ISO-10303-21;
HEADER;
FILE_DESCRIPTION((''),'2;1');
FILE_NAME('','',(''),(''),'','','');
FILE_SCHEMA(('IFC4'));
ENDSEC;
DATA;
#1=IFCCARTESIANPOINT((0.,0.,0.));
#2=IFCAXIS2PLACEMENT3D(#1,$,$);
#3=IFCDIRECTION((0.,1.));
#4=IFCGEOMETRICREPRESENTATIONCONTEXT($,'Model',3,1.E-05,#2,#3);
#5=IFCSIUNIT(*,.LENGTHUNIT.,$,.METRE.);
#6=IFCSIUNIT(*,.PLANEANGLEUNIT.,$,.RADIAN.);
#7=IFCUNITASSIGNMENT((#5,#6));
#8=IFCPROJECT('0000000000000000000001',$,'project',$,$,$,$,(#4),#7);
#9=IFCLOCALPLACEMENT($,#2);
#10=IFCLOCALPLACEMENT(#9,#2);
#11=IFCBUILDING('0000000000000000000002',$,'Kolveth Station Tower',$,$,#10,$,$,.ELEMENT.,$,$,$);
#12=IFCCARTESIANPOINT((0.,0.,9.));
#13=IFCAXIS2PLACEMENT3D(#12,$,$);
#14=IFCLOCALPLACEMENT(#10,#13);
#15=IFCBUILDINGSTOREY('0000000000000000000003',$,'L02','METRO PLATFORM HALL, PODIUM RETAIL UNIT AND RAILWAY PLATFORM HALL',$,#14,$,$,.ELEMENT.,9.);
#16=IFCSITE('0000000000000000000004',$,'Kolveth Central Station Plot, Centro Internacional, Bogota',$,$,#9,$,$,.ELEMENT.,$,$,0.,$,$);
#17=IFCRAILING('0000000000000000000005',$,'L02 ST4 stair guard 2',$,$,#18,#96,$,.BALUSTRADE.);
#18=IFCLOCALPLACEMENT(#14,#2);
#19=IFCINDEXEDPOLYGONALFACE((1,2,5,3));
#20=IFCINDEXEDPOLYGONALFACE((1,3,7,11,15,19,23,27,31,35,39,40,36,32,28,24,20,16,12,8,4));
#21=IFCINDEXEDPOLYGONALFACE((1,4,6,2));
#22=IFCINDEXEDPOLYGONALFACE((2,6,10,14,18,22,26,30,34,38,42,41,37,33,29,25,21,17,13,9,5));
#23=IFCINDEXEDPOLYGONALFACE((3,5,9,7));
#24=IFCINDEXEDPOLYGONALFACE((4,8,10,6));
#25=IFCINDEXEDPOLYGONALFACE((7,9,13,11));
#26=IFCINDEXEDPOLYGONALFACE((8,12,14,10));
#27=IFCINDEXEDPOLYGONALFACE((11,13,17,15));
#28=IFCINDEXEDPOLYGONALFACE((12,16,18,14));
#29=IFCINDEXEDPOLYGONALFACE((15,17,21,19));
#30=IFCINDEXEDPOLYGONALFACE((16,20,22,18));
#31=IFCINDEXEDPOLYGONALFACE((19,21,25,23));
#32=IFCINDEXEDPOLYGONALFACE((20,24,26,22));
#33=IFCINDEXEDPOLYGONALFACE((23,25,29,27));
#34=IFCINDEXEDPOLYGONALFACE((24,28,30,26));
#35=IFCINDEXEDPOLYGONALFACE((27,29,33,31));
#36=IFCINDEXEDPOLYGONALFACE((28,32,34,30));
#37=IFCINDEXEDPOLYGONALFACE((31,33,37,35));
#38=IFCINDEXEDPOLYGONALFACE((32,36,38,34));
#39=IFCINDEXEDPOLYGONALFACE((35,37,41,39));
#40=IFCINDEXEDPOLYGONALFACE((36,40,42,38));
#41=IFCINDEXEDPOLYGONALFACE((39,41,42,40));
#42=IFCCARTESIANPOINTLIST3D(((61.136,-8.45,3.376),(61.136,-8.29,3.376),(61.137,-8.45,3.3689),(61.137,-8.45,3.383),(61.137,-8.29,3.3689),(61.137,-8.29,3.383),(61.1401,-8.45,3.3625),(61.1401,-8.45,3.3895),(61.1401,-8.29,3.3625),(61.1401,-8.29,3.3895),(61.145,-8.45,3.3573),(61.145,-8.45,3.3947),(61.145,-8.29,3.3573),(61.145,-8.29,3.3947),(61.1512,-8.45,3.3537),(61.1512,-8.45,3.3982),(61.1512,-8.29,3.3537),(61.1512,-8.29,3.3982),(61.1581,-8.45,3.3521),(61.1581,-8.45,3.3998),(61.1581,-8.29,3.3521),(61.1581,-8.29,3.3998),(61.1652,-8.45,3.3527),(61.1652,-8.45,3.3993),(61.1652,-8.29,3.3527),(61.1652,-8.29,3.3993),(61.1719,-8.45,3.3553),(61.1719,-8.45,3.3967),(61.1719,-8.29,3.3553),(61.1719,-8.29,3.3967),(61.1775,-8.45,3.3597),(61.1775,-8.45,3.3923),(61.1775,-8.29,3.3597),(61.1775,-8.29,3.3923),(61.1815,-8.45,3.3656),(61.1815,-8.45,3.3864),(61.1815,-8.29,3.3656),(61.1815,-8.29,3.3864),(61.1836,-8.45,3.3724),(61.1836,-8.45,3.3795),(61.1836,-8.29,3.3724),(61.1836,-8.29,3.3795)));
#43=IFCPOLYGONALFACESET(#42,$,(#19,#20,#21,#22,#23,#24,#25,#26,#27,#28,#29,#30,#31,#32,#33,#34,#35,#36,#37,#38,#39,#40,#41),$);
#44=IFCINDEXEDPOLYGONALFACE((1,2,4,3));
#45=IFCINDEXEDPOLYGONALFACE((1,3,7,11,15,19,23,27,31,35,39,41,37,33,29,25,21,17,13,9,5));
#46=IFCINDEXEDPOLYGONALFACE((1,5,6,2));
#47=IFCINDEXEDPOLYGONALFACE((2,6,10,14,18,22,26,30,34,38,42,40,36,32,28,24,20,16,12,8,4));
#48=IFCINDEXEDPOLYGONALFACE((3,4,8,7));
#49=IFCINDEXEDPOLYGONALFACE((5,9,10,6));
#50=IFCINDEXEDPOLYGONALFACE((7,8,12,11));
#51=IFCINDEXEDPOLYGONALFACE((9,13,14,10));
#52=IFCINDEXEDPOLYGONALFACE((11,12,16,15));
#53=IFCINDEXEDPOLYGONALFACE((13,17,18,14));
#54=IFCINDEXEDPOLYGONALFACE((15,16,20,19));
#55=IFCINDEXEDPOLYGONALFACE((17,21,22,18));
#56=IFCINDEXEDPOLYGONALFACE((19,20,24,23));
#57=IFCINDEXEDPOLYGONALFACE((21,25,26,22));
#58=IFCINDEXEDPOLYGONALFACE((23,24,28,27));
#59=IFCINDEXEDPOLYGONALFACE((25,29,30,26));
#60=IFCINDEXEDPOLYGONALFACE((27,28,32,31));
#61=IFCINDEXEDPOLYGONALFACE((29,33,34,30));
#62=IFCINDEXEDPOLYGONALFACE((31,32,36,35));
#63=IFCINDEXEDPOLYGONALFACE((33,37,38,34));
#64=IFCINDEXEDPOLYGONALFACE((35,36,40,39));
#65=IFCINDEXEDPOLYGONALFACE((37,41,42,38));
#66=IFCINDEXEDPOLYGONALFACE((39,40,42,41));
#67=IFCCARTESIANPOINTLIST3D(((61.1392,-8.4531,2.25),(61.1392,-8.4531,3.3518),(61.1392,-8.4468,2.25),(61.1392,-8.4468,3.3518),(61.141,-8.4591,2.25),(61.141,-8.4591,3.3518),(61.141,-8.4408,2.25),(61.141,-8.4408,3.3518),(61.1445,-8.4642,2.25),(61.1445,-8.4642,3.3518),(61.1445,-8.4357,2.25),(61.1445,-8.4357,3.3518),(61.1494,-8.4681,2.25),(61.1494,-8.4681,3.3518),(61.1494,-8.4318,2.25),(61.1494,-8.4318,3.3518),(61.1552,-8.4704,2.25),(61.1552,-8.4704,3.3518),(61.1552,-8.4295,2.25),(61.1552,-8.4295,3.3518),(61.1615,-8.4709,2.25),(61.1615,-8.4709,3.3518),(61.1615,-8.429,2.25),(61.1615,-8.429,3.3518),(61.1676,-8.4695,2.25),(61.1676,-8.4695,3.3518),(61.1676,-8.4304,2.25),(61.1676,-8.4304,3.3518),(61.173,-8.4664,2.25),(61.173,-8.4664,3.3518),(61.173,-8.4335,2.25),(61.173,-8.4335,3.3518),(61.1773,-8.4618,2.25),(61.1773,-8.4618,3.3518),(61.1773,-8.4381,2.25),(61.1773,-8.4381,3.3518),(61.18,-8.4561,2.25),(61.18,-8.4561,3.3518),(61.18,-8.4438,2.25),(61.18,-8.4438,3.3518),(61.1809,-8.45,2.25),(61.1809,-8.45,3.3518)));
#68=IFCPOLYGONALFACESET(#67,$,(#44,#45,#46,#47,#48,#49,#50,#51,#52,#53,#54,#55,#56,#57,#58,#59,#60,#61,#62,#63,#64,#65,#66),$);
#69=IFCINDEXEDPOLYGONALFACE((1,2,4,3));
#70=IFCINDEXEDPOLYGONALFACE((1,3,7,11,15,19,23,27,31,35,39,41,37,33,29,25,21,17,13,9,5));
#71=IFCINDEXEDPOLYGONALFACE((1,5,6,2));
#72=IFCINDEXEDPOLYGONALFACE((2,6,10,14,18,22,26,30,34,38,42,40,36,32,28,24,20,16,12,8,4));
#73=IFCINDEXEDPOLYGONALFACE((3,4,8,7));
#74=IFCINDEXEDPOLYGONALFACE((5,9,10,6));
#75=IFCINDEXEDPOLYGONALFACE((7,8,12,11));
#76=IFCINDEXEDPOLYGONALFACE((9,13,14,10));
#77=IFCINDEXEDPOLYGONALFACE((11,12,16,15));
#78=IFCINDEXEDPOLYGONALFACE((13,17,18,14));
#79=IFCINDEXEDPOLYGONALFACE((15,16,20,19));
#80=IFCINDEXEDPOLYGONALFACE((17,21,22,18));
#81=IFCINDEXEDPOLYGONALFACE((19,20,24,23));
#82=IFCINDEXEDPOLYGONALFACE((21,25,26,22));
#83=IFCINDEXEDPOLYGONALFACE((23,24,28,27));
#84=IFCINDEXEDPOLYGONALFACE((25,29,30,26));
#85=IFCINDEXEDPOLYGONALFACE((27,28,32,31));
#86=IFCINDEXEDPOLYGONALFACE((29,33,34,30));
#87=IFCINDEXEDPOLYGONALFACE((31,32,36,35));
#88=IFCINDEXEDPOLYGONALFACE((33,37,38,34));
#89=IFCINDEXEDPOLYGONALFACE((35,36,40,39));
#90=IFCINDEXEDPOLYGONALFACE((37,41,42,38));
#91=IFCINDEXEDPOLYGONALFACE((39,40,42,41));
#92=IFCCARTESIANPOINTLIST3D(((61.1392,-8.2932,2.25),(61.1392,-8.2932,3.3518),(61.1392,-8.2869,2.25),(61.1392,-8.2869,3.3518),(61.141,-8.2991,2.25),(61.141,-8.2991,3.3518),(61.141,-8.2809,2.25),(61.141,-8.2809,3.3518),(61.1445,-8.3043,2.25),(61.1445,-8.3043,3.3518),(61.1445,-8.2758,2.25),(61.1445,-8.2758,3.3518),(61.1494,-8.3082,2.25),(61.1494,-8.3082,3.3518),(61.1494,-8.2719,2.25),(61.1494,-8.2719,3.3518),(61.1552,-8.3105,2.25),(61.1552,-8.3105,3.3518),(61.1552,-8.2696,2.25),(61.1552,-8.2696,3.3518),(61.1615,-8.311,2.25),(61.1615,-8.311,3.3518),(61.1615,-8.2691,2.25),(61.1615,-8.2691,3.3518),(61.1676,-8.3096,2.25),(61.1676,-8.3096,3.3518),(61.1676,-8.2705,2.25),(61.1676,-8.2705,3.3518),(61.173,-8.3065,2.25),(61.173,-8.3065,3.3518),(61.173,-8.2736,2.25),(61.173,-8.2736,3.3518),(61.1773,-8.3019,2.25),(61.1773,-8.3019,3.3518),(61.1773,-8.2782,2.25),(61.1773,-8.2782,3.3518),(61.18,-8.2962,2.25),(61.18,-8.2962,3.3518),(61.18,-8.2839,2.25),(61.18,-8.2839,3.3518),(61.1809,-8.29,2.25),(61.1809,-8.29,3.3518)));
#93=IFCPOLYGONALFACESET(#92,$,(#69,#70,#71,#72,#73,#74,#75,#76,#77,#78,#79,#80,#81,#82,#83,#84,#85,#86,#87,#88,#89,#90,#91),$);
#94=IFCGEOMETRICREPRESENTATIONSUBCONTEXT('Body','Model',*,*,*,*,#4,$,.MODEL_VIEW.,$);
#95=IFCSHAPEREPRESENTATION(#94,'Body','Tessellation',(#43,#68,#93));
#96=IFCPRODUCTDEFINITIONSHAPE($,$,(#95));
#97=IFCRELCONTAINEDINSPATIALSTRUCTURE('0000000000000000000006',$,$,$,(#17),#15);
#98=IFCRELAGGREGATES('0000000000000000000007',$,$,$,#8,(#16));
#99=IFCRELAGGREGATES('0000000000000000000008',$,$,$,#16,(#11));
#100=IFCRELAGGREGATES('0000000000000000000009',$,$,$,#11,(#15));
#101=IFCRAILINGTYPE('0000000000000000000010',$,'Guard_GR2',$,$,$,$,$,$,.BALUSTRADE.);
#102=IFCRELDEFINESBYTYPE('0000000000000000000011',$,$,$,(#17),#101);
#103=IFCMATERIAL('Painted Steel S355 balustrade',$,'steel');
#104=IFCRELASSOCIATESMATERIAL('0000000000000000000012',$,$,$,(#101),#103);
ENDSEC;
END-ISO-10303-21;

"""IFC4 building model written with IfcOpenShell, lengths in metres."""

from ifc_helpers import new_model, si_unit, direction, frame, origin, origin_2d, place, context, subcontext, project, spatial, circle, extrude, material, type_object, element, save


model = new_model("IFC4")

# Units and contexts
model_context = context("Model", 3, precision=1e-05, world=origin(), true_north=direction((0.0, 1.0)))
body_context = subcontext(model_context, "Body", "Model", "MODEL_VIEW")
ifc_project = project(units=[si_unit("LENGTHUNIT", "METRE"), si_unit("PLANEANGLEUNIT", "RADIAN")], contexts=[model_context])

# Site, building, storey
site_placement = place(None, origin())
site = spatial("IfcSite", under=ifc_project, at=site_placement, Name="Kolveth Central Station Plot, Centro Internacional, Bogota", CompositionType="ELEMENT", RefElevation=0.0)
building_placement = place(site_placement, origin())
building = spatial("IfcBuilding", under=site, at=building_placement, Name="Kolveth Station Tower", CompositionType="ELEMENT")
storey_placement = place(building_placement, frame((0.0, 0.0, 9.0)))
storey = spatial("IfcBuildingStorey", under=building, at=storey_placement, Name="L02", Description="METRO PLATFORM HALL, PODIUM RETAIL UNIT AND RAILWAY PLATFORM HALL", CompositionType="ELEMENT", Elevation=9.0)

# Railing
ifc_material_1 = material(Name="Painted Steel S355 balustrade", Category="steel")
railing_type_1 = type_object("IfcRailingType", Name="Guard_GR2", PredefinedType="BALUSTRADE", material=ifc_material_1)
railing_1_placement = place(storey_placement, frame((61.1599, -8.45, 2.25)))
element("IfcRailing", 1, at=railing_1_placement, inside=storey, type_object=railing_type_1, Name="L02 ST4 stair guard 2", PredefinedType="BALUSTRADE", context=body_context, shape_type="SweptSolid", body=[
    extrude(circle(Radius=0.0239, at=origin_2d()), frame((0.0, 0.0, 1.126), z_axis=(0.0, 1.0, 0.0), x_axis=(-1.0, 0.0, 0.0)), (0.0, 0.0, 1.0), 0.1599),
    extrude(circle(Radius=0.021, at=origin_2d()), origin(), (0.0, 0.0, 1.0), 1.1018),
    extrude(circle(Radius=0.021, at=origin_2d()), frame((0.0, 0.1599, 0.0)), (0.0, 0.0, 1.0), 1.1018),
])

save(model, "model.ifc")
